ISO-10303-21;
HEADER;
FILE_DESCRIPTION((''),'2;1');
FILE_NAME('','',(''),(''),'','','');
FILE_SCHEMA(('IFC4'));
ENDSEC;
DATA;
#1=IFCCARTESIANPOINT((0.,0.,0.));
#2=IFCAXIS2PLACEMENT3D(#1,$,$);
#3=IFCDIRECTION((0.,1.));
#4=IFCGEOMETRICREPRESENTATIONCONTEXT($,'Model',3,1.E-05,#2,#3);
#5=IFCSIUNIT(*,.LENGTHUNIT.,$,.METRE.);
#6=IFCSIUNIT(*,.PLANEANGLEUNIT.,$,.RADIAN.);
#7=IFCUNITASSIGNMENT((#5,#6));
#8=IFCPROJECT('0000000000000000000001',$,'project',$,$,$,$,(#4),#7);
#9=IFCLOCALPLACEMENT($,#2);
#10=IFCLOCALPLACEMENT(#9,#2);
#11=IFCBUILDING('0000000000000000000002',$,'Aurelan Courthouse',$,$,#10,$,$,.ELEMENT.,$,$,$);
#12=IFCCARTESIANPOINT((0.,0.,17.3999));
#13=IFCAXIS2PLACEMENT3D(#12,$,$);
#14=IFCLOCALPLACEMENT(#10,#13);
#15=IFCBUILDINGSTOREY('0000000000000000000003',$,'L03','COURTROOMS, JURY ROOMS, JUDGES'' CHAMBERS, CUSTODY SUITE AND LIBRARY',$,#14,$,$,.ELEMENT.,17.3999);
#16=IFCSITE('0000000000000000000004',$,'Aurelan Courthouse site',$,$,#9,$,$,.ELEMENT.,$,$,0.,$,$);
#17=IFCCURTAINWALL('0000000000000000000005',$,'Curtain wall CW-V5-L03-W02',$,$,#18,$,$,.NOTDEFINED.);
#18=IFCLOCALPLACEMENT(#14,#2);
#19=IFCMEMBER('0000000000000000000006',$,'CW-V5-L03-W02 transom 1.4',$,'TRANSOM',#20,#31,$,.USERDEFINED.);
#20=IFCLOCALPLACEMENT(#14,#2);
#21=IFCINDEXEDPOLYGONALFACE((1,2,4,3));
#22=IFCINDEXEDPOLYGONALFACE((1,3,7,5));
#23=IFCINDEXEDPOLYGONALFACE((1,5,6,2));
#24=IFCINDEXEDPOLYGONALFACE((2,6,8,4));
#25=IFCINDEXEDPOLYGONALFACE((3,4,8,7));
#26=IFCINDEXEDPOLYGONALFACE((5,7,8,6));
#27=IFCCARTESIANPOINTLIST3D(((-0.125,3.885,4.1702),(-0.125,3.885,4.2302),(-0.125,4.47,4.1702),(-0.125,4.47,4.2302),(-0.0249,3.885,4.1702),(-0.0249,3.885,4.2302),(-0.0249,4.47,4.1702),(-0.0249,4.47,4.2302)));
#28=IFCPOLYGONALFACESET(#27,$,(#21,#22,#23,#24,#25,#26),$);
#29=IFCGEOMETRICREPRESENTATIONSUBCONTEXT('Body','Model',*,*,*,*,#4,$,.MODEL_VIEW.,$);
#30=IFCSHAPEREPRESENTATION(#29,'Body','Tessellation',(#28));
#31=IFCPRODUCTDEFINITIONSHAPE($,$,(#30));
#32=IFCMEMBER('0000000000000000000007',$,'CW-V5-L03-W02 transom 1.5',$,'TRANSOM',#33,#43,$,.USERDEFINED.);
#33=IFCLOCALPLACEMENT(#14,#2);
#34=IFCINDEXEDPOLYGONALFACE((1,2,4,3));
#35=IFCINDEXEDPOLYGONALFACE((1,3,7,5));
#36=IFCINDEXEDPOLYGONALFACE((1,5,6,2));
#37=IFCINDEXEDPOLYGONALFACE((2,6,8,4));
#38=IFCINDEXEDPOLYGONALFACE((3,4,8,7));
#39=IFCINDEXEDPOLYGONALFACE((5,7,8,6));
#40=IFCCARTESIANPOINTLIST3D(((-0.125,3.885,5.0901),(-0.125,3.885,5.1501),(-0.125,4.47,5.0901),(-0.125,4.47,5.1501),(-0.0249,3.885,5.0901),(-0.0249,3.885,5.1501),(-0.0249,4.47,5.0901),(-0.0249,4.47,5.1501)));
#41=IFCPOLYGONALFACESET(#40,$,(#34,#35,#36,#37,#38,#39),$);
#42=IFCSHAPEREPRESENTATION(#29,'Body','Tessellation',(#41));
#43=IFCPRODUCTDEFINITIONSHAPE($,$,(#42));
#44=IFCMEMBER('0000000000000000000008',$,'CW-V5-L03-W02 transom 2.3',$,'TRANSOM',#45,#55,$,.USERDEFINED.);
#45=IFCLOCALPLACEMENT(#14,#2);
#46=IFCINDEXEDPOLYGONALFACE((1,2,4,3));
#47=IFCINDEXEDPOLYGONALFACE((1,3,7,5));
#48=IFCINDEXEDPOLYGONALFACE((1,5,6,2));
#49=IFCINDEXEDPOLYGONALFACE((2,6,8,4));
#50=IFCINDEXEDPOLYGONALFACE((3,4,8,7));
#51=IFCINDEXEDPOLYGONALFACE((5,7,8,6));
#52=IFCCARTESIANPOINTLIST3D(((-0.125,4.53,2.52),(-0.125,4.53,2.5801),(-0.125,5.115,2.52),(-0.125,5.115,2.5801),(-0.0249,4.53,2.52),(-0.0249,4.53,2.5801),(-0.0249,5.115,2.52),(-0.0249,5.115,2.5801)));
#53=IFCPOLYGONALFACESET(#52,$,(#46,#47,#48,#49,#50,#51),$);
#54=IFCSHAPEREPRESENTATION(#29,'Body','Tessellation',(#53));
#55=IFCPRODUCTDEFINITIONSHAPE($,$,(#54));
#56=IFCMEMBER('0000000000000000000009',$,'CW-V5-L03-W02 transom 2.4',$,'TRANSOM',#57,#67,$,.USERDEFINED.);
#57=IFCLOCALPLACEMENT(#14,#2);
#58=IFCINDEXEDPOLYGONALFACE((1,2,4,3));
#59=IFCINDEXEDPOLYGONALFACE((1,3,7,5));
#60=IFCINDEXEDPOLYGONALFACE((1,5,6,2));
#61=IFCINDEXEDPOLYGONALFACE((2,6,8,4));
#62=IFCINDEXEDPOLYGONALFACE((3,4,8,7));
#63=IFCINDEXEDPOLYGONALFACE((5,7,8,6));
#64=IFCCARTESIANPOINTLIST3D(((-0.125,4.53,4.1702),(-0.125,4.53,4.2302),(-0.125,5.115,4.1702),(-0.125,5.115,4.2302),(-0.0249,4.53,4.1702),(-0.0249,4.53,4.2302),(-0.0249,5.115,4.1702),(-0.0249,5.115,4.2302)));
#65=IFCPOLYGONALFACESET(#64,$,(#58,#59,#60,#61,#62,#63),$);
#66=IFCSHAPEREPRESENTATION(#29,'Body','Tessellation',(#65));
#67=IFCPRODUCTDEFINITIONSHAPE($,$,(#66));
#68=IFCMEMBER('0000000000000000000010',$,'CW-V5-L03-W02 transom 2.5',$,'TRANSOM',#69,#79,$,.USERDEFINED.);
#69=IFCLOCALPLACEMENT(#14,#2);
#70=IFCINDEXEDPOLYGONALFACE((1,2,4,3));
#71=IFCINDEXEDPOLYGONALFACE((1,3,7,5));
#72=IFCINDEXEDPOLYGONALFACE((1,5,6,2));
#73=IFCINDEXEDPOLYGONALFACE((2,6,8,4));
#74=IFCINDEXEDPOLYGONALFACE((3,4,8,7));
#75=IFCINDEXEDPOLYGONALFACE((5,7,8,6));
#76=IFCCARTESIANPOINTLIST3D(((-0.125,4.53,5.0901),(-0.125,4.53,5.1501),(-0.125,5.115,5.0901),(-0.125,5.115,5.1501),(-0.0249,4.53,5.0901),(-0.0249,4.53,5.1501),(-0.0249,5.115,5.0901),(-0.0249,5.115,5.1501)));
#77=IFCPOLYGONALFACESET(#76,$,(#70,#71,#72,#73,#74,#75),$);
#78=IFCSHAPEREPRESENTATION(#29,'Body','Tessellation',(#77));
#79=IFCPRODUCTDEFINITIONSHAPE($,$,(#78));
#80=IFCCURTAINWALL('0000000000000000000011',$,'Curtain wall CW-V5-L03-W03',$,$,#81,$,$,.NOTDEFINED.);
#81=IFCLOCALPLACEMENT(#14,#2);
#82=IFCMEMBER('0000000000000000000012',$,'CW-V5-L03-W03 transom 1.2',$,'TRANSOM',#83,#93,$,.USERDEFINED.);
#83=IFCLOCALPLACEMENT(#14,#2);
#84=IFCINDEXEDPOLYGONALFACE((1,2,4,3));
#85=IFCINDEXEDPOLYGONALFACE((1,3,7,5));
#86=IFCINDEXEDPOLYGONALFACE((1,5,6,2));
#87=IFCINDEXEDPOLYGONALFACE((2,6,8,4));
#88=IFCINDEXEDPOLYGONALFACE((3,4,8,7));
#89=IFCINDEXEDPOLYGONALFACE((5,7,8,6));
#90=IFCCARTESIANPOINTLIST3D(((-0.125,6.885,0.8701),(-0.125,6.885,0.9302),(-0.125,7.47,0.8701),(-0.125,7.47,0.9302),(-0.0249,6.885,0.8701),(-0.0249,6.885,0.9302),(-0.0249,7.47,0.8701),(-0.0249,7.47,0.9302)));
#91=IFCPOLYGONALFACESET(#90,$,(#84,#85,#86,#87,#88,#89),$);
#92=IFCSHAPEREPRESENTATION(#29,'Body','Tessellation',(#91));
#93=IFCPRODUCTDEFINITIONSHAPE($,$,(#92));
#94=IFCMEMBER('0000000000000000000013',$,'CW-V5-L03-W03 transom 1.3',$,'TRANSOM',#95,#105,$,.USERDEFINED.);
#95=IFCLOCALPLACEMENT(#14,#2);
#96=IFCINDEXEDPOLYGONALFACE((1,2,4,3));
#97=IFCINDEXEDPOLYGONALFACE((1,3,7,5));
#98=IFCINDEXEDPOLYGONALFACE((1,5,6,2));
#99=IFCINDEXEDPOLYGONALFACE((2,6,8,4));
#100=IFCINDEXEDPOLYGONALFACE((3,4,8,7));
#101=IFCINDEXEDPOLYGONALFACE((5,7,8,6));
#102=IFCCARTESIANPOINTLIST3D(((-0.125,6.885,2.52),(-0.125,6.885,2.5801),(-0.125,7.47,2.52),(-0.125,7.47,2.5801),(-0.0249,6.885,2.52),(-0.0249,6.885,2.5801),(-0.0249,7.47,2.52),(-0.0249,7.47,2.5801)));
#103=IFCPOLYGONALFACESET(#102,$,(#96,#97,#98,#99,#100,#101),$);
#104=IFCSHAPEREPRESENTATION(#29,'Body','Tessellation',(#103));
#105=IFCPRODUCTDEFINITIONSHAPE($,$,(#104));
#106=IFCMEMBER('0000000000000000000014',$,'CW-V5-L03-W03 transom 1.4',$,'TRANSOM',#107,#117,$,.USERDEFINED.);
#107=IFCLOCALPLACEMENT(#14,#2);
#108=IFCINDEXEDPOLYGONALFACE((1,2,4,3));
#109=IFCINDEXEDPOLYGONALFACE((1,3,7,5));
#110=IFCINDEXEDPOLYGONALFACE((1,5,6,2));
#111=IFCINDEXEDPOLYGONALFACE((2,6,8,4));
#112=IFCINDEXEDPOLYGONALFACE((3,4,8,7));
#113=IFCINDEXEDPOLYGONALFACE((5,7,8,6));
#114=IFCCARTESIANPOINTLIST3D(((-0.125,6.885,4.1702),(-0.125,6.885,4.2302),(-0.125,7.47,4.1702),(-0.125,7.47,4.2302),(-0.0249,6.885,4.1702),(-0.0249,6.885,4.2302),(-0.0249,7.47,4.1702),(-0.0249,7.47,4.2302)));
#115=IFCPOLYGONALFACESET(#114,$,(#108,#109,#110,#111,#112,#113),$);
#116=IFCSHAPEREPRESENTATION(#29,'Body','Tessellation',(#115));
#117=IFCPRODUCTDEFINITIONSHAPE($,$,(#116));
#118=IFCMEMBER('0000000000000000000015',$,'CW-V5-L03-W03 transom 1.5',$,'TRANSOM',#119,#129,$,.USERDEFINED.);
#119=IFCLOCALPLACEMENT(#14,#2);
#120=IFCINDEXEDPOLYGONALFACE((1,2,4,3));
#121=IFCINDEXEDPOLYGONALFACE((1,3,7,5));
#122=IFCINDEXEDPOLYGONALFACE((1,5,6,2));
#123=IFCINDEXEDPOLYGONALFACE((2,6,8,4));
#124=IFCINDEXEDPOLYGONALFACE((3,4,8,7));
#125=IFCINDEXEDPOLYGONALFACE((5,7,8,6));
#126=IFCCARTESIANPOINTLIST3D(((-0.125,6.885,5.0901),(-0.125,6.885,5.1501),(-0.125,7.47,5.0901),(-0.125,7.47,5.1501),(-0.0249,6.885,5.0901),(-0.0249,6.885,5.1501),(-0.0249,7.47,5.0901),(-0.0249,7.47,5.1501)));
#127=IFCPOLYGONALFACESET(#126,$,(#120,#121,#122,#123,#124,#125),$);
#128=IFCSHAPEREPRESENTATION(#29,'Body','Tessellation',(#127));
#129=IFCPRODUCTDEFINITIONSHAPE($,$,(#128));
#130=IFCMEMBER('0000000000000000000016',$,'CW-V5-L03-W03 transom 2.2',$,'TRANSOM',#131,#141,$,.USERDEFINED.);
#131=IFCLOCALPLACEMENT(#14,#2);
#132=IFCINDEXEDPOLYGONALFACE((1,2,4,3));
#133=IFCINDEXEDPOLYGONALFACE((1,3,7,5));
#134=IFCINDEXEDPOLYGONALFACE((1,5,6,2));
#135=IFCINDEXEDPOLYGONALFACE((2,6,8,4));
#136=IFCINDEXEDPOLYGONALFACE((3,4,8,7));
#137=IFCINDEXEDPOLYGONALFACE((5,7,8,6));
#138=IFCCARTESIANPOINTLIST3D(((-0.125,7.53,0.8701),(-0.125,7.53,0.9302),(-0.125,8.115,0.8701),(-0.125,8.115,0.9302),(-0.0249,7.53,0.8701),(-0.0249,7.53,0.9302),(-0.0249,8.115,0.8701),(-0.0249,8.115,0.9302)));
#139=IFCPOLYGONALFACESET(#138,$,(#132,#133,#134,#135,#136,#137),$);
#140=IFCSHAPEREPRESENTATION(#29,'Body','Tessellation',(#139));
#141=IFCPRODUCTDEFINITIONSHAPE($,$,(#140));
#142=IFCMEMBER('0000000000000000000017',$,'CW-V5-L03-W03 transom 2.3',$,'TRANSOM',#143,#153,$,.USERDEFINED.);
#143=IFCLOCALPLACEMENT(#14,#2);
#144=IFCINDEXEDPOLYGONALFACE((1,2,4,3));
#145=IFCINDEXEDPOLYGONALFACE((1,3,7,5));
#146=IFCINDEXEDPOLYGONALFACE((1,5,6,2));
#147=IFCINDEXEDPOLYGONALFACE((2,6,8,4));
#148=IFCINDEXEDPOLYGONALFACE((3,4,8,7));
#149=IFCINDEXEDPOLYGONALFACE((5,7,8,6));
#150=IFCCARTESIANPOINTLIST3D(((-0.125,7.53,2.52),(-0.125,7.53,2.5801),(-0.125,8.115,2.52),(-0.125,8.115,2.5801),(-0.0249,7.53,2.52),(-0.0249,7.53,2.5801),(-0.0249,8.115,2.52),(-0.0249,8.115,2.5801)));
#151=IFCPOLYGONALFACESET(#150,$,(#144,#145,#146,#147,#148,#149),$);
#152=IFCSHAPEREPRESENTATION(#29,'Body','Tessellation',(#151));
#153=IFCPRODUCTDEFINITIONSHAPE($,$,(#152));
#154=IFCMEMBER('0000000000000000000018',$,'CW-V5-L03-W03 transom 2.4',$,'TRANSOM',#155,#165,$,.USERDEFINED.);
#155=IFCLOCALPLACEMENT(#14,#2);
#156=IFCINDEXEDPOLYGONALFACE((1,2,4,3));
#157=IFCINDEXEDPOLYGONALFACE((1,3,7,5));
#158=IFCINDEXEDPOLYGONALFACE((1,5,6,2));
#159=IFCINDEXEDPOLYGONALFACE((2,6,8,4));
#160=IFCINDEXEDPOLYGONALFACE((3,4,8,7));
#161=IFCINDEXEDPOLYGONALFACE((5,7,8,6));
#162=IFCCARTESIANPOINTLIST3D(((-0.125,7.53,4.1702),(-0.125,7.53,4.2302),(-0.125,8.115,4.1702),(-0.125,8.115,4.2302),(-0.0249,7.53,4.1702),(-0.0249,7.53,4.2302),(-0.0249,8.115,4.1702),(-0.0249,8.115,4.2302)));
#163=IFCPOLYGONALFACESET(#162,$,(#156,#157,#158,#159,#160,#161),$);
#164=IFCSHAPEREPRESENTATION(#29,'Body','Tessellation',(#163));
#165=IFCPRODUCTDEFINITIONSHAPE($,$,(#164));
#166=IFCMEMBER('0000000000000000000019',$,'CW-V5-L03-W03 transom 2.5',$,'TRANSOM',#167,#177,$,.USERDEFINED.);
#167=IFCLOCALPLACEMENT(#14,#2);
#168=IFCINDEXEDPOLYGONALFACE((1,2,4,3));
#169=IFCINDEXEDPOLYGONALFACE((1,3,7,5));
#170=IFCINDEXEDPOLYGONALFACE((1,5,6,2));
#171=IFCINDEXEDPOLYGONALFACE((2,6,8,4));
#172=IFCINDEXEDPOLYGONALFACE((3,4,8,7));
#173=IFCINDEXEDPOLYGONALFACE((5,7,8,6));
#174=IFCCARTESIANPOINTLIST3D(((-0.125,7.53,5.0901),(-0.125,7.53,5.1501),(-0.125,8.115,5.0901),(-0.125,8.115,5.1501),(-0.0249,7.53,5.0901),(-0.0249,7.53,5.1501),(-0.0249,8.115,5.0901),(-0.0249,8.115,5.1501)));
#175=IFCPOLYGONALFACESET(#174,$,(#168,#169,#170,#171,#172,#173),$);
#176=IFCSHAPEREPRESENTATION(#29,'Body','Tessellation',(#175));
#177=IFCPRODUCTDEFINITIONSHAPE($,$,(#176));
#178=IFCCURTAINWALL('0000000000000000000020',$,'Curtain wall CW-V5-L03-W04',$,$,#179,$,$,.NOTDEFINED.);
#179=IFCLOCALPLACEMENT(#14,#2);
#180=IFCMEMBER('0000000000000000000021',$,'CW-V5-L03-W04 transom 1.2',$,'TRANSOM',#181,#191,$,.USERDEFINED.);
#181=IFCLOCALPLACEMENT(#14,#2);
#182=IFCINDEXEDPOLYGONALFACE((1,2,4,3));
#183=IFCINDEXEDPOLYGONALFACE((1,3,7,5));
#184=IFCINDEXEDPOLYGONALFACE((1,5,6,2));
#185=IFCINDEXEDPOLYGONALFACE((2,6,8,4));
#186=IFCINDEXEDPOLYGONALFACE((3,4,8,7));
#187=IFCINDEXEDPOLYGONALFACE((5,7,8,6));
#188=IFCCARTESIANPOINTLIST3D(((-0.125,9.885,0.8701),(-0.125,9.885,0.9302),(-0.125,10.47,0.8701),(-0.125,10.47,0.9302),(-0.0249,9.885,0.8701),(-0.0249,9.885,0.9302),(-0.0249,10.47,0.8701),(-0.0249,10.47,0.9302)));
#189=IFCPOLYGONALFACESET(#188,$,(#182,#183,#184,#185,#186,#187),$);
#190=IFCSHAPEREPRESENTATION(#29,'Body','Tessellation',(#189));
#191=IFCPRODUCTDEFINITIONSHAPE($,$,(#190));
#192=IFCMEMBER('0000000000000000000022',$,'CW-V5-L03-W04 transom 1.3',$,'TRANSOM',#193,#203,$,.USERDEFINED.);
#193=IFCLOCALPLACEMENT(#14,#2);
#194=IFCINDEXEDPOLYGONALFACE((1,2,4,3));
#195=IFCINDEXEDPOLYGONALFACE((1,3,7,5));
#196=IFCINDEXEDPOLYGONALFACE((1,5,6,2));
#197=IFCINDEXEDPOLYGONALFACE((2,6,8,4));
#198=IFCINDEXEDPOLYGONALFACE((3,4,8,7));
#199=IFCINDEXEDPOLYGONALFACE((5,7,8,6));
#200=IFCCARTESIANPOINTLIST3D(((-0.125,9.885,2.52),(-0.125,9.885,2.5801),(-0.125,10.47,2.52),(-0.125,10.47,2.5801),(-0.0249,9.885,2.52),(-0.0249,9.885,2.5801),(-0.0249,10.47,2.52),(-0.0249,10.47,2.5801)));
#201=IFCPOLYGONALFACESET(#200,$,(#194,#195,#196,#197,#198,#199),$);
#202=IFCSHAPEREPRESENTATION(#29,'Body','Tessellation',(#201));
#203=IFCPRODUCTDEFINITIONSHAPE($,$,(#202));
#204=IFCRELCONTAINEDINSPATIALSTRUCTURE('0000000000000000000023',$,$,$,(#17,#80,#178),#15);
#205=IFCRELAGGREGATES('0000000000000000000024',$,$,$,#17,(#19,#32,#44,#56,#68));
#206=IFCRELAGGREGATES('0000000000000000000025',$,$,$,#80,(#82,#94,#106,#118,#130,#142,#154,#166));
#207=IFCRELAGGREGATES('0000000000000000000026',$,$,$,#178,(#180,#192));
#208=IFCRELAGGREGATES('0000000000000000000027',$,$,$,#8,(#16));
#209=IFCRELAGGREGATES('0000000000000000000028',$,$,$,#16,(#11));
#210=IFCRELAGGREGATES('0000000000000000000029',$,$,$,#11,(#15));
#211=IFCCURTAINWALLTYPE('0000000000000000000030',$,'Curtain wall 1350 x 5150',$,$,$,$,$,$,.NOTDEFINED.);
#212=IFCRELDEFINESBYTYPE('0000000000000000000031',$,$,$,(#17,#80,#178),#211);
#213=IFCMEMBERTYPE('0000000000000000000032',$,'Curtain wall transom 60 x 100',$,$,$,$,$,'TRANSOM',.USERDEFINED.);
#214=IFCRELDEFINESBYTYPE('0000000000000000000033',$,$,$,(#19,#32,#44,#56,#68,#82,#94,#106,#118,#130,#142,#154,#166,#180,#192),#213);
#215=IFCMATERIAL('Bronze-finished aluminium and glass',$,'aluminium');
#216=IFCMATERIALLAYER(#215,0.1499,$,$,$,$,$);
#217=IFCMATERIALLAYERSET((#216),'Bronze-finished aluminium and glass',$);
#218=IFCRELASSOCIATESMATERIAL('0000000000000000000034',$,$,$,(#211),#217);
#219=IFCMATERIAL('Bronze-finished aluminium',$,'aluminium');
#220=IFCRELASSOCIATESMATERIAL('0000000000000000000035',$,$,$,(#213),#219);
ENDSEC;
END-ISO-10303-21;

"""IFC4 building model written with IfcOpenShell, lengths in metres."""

from ifc_helpers import new_model, si_unit, direction, frame, origin, origin_2d, place, context, subcontext, project, spatial, rectangle, extrude, material, layer, layer_set, material_profile, profile_set, type_object, element, aggregate, save


model = new_model("IFC4")

# Units and contexts
model_context = context("Model", 3, precision=1e-05, world=origin(), true_north=direction((0.0, 1.0)))
body_context = subcontext(model_context, "Body", "Model", "MODEL_VIEW")
ifc_project = project(units=[si_unit("LENGTHUNIT", "METRE"), si_unit("PLANEANGLEUNIT", "RADIAN")], contexts=[model_context])

# Site, building, storey
site_placement = place(None, origin())
site = spatial("IfcSite", under=ifc_project, at=site_placement, Name="Aurelan Courthouse site", CompositionType="ELEMENT", RefElevation=0.0)
building_placement = place(site_placement, origin())
building = spatial("IfcBuilding", under=site, at=building_placement, Name="Aurelan Courthouse", CompositionType="ELEMENT")
storey_placement = place(building_placement, frame((0.0, 0.0, 17.3999)))
storey = spatial("IfcBuildingStorey", under=building, at=storey_placement, Name="L03", Description="COURTROOMS, JURY ROOMS, JUDGES' CHAMBERS, CUSTODY SUITE AND LIBRARY", CompositionType="ELEMENT", Elevation=17.3999)

# Curtain walls, members
ifc_material_1 = material(Name="Bronze-finished aluminium and glass", Category="aluminium")
ifc_layer_1 = layer(ifc_material_1, 0.1499)
ifc_layer_set_1 = layer_set([ifc_layer_1], Name="Bronze-finished aluminium and glass")
curtain_wall_type = type_object("IfcCurtainWallType", Name="Curtain wall 1350 x 5150", PredefinedType="NOTDEFINED", material=ifc_layer_set_1)
curtain_wall_1_placement = place(storey_placement, origin())
curtain_wall_1 = element("IfcCurtainWall", 1, at=curtain_wall_1_placement, inside=storey, type_object=curtain_wall_type, Name="Curtain wall CW-V5-L03-W02", PredefinedType="NOTDEFINED")
ifc_material_2 = material(Name="Bronze-finished aluminium", Category="aluminium")
ifc_material_profile = material_profile(ifc_material_2, rectangle(XDim=0.1001, YDim=0.0601, at=origin_2d()), Name="Bronze transom 60 x 100")
ifc_profile_set = profile_set([ifc_material_profile], Name="Bronze-finished aluminium")
member_type = type_object("IfcMemberType", Name="Curtain wall transom 60 x 100", ElementType="TRANSOM", PredefinedType="USERDEFINED", material=ifc_profile_set)
member_1_placement = place(storey_placement, frame((-0.075, 3.885, 4.2002), z_axis=(0.0, 1.0, 0.0), x_axis=(-1.0, 0.0, 0.0)))
member_1 = element("IfcMember", 2, at=member_1_placement, type_object=member_type, Name="CW-V5-L03-W02 transom 1.4", ObjectType="TRANSOM", PredefinedType="USERDEFINED", context=body_context, shape_type="SweptSolid", body=[
    extrude(rectangle(XDim=0.1001, YDim=0.0601, at=origin_2d()), origin(), (0.0, 0.0, 1.0), 0.585),
])
member_2_placement = place(storey_placement, frame((-0.075, 3.885, 5.1201), z_axis=(0.0, 1.0, 0.0), x_axis=(-1.0, 0.0, 0.0)))
member_2 = element("IfcMember", 3, at=member_2_placement, type_object=member_type, Name="CW-V5-L03-W02 transom 1.5", ObjectType="TRANSOM", PredefinedType="USERDEFINED", context=body_context, shape_type="SweptSolid", body=[
    extrude(rectangle(XDim=0.1001, YDim=0.0601, at=origin_2d()), origin(), (0.0, 0.0, 1.0), 0.585),
])
member_3_placement = place(storey_placement, frame((-0.075, 4.53, 2.55), z_axis=(0.0, 1.0, 0.0), x_axis=(-1.0, 0.0, 0.0)))
member_3 = element("IfcMember", 4, at=member_3_placement, type_object=member_type, Name="CW-V5-L03-W02 transom 2.3", ObjectType="TRANSOM", PredefinedType="USERDEFINED", context=body_context, shape_type="SweptSolid", body=[
    extrude(rectangle(XDim=0.1001, YDim=0.0601, at=origin_2d()), origin(), (0.0, 0.0, 1.0), 0.585),
])
member_4_placement = place(storey_placement, frame((-0.075, 4.53, 4.2002), z_axis=(0.0, 1.0, 0.0), x_axis=(-1.0, 0.0, 0.0)))
member_4 = element("IfcMember", 5, at=member_4_placement, type_object=member_type, Name="CW-V5-L03-W02 transom 2.4", ObjectType="TRANSOM", PredefinedType="USERDEFINED", context=body_context, shape_type="SweptSolid", body=[
    extrude(rectangle(XDim=0.1001, YDim=0.0601, at=origin_2d()), origin(), (0.0, 0.0, 1.0), 0.585),
])
member_5_placement = place(storey_placement, frame((-0.075, 4.53, 5.1201), z_axis=(0.0, 1.0, 0.0), x_axis=(-1.0, 0.0, 0.0)))
member_5 = element("IfcMember", 6, at=member_5_placement, type_object=member_type, Name="CW-V5-L03-W02 transom 2.5", ObjectType="TRANSOM", PredefinedType="USERDEFINED", context=body_context, shape_type="SweptSolid", body=[
    extrude(rectangle(XDim=0.1001, YDim=0.0601, at=origin_2d()), origin(), (0.0, 0.0, 1.0), 0.585),
])
curtain_wall_2_placement = place(storey_placement, origin())
curtain_wall_2 = element("IfcCurtainWall", 7, at=curtain_wall_2_placement, inside=storey, type_object=curtain_wall_type, Name="Curtain wall CW-V5-L03-W03", PredefinedType="NOTDEFINED")
member_6_placement = place(storey_placement, frame((-0.075, 6.885, 0.9001), z_axis=(0.0, 1.0, 0.0), x_axis=(-1.0, 0.0, 0.0)))
member_6 = element("IfcMember", 8, at=member_6_placement, type_object=member_type, Name="CW-V5-L03-W03 transom 1.2", ObjectType="TRANSOM", PredefinedType="USERDEFINED", context=body_context, shape_type="SweptSolid", body=[
    extrude(rectangle(XDim=0.1001, YDim=0.0601, at=origin_2d()), origin(), (0.0, 0.0, 1.0), 0.585),
])
member_7_placement = place(storey_placement, frame((-0.075, 6.885, 2.55), z_axis=(0.0, 1.0, 0.0), x_axis=(-1.0, 0.0, 0.0)))
member_7 = element("IfcMember", 9, at=member_7_placement, type_object=member_type, Name="CW-V5-L03-W03 transom 1.3", ObjectType="TRANSOM", PredefinedType="USERDEFINED", context=body_context, shape_type="SweptSolid", body=[
    extrude(rectangle(XDim=0.1001, YDim=0.0601, at=origin_2d()), origin(), (0.0, 0.0, 1.0), 0.585),
])
member_8_placement = place(storey_placement, frame((-0.075, 6.885, 4.2002), z_axis=(0.0, 1.0, 0.0), x_axis=(-1.0, 0.0, 0.0)))
member_8 = element("IfcMember", 10, at=member_8_placement, type_object=member_type, Name="CW-V5-L03-W03 transom 1.4", ObjectType="TRANSOM", PredefinedType="USERDEFINED", context=body_context, shape_type="SweptSolid", body=[
    extrude(rectangle(XDim=0.1001, YDim=0.0601, at=origin_2d()), origin(), (0.0, 0.0, 1.0), 0.585),
])
member_9_placement = place(storey_placement, frame((-0.075, 6.885, 5.1201), z_axis=(0.0, 1.0, 0.0), x_axis=(-1.0, 0.0, 0.0)))
member_9 = element("IfcMember", 11, at=member_9_placement, type_object=member_type, Name="CW-V5-L03-W03 transom 1.5", ObjectType="TRANSOM", PredefinedType="USERDEFINED", context=body_context, shape_type="SweptSolid", body=[
    extrude(rectangle(XDim=0.1001, YDim=0.0601, at=origin_2d()), origin(), (0.0, 0.0, 1.0), 0.585),
])
member_10_placement = place(storey_placement, frame((-0.075, 7.53, 0.9001), z_axis=(0.0, 1.0, 0.0), x_axis=(-1.0, 0.0, 0.0)))
member_10 = element("IfcMember", 12, at=member_10_placement, type_object=member_type, Name="CW-V5-L03-W03 transom 2.2", ObjectType="TRANSOM", PredefinedType="USERDEFINED", context=body_context, shape_type="SweptSolid", body=[
    extrude(rectangle(XDim=0.1001, YDim=0.0601, at=origin_2d()), origin(), (0.0, 0.0, 1.0), 0.585),
])
member_11_placement = place(storey_placement, frame((-0.075, 7.53, 2.55), z_axis=(0.0, 1.0, 0.0), x_axis=(-1.0, 0.0, 0.0)))
member_11 = element("IfcMember", 13, at=member_11_placement, type_object=member_type, Name="CW-V5-L03-W03 transom 2.3", ObjectType="TRANSOM", PredefinedType="USERDEFINED", context=body_context, shape_type="SweptSolid", body=[
    extrude(rectangle(XDim=0.1001, YDim=0.0601, at=origin_2d()), origin(), (0.0, 0.0, 1.0), 0.585),
])
member_12_placement = place(storey_placement, frame((-0.075, 7.53, 4.2002), z_axis=(0.0, 1.0, 0.0), x_axis=(-1.0, 0.0, 0.0)))
member_12 = element("IfcMember", 14, at=member_12_placement, type_object=member_type, Name="CW-V5-L03-W03 transom 2.4", ObjectType="TRANSOM", PredefinedType="USERDEFINED", context=body_context, shape_type="SweptSolid", body=[
    extrude(rectangle(XDim=0.1001, YDim=0.0601, at=origin_2d()), origin(), (0.0, 0.0, 1.0), 0.585),
])
member_13_placement = place(storey_placement, frame((-0.075, 7.53, 5.1201), z_axis=(0.0, 1.0, 0.0), x_axis=(-1.0, 0.0, 0.0)))
member_13 = element("IfcMember", 15, at=member_13_placement, type_object=member_type, Name="CW-V5-L03-W03 transom 2.5", ObjectType="TRANSOM", PredefinedType="USERDEFINED", context=body_context, shape_type="SweptSolid", body=[
    extrude(rectangle(XDim=0.1001, YDim=0.0601, at=origin_2d()), origin(), (0.0, 0.0, 1.0), 0.585),
])
curtain_wall_3_placement = place(storey_placement, origin())
curtain_wall_3 = element("IfcCurtainWall", 16, at=curtain_wall_3_placement, inside=storey, type_object=curtain_wall_type, Name="Curtain wall CW-V5-L03-W04", PredefinedType="NOTDEFINED")
member_14_placement = place(storey_placement, frame((-0.075, 9.885, 0.9001), z_axis=(0.0, 1.0, 0.0), x_axis=(-1.0, 0.0, 0.0)))
member_14 = element("IfcMember", 17, at=member_14_placement, type_object=member_type, Name="CW-V5-L03-W04 transom 1.2", ObjectType="TRANSOM", PredefinedType="USERDEFINED", context=body_context, shape_type="SweptSolid", body=[
    extrude(rectangle(XDim=0.1001, YDim=0.0601, at=origin_2d()), origin(), (0.0, 0.0, 1.0), 0.585),
])
member_15_placement = place(storey_placement, frame((-0.075, 9.885, 2.55), z_axis=(0.0, 1.0, 0.0), x_axis=(-1.0, 0.0, 0.0)))
member_15 = element("IfcMember", 18, at=member_15_placement, type_object=member_type, Name="CW-V5-L03-W04 transom 1.3", ObjectType="TRANSOM", PredefinedType="USERDEFINED", context=body_context, shape_type="SweptSolid", body=[
    extrude(rectangle(XDim=0.1001, YDim=0.0601, at=origin_2d()), origin(), (0.0, 0.0, 1.0), 0.585),
])

aggregate(curtain_wall_1, [member_1, member_2, member_3, member_4, member_5])
aggregate(curtain_wall_2, [member_6, member_7, member_8, member_9, member_10, member_11, member_12, member_13])
aggregate(curtain_wall_3, [member_14, member_15])

save(model, "model.ifc")
